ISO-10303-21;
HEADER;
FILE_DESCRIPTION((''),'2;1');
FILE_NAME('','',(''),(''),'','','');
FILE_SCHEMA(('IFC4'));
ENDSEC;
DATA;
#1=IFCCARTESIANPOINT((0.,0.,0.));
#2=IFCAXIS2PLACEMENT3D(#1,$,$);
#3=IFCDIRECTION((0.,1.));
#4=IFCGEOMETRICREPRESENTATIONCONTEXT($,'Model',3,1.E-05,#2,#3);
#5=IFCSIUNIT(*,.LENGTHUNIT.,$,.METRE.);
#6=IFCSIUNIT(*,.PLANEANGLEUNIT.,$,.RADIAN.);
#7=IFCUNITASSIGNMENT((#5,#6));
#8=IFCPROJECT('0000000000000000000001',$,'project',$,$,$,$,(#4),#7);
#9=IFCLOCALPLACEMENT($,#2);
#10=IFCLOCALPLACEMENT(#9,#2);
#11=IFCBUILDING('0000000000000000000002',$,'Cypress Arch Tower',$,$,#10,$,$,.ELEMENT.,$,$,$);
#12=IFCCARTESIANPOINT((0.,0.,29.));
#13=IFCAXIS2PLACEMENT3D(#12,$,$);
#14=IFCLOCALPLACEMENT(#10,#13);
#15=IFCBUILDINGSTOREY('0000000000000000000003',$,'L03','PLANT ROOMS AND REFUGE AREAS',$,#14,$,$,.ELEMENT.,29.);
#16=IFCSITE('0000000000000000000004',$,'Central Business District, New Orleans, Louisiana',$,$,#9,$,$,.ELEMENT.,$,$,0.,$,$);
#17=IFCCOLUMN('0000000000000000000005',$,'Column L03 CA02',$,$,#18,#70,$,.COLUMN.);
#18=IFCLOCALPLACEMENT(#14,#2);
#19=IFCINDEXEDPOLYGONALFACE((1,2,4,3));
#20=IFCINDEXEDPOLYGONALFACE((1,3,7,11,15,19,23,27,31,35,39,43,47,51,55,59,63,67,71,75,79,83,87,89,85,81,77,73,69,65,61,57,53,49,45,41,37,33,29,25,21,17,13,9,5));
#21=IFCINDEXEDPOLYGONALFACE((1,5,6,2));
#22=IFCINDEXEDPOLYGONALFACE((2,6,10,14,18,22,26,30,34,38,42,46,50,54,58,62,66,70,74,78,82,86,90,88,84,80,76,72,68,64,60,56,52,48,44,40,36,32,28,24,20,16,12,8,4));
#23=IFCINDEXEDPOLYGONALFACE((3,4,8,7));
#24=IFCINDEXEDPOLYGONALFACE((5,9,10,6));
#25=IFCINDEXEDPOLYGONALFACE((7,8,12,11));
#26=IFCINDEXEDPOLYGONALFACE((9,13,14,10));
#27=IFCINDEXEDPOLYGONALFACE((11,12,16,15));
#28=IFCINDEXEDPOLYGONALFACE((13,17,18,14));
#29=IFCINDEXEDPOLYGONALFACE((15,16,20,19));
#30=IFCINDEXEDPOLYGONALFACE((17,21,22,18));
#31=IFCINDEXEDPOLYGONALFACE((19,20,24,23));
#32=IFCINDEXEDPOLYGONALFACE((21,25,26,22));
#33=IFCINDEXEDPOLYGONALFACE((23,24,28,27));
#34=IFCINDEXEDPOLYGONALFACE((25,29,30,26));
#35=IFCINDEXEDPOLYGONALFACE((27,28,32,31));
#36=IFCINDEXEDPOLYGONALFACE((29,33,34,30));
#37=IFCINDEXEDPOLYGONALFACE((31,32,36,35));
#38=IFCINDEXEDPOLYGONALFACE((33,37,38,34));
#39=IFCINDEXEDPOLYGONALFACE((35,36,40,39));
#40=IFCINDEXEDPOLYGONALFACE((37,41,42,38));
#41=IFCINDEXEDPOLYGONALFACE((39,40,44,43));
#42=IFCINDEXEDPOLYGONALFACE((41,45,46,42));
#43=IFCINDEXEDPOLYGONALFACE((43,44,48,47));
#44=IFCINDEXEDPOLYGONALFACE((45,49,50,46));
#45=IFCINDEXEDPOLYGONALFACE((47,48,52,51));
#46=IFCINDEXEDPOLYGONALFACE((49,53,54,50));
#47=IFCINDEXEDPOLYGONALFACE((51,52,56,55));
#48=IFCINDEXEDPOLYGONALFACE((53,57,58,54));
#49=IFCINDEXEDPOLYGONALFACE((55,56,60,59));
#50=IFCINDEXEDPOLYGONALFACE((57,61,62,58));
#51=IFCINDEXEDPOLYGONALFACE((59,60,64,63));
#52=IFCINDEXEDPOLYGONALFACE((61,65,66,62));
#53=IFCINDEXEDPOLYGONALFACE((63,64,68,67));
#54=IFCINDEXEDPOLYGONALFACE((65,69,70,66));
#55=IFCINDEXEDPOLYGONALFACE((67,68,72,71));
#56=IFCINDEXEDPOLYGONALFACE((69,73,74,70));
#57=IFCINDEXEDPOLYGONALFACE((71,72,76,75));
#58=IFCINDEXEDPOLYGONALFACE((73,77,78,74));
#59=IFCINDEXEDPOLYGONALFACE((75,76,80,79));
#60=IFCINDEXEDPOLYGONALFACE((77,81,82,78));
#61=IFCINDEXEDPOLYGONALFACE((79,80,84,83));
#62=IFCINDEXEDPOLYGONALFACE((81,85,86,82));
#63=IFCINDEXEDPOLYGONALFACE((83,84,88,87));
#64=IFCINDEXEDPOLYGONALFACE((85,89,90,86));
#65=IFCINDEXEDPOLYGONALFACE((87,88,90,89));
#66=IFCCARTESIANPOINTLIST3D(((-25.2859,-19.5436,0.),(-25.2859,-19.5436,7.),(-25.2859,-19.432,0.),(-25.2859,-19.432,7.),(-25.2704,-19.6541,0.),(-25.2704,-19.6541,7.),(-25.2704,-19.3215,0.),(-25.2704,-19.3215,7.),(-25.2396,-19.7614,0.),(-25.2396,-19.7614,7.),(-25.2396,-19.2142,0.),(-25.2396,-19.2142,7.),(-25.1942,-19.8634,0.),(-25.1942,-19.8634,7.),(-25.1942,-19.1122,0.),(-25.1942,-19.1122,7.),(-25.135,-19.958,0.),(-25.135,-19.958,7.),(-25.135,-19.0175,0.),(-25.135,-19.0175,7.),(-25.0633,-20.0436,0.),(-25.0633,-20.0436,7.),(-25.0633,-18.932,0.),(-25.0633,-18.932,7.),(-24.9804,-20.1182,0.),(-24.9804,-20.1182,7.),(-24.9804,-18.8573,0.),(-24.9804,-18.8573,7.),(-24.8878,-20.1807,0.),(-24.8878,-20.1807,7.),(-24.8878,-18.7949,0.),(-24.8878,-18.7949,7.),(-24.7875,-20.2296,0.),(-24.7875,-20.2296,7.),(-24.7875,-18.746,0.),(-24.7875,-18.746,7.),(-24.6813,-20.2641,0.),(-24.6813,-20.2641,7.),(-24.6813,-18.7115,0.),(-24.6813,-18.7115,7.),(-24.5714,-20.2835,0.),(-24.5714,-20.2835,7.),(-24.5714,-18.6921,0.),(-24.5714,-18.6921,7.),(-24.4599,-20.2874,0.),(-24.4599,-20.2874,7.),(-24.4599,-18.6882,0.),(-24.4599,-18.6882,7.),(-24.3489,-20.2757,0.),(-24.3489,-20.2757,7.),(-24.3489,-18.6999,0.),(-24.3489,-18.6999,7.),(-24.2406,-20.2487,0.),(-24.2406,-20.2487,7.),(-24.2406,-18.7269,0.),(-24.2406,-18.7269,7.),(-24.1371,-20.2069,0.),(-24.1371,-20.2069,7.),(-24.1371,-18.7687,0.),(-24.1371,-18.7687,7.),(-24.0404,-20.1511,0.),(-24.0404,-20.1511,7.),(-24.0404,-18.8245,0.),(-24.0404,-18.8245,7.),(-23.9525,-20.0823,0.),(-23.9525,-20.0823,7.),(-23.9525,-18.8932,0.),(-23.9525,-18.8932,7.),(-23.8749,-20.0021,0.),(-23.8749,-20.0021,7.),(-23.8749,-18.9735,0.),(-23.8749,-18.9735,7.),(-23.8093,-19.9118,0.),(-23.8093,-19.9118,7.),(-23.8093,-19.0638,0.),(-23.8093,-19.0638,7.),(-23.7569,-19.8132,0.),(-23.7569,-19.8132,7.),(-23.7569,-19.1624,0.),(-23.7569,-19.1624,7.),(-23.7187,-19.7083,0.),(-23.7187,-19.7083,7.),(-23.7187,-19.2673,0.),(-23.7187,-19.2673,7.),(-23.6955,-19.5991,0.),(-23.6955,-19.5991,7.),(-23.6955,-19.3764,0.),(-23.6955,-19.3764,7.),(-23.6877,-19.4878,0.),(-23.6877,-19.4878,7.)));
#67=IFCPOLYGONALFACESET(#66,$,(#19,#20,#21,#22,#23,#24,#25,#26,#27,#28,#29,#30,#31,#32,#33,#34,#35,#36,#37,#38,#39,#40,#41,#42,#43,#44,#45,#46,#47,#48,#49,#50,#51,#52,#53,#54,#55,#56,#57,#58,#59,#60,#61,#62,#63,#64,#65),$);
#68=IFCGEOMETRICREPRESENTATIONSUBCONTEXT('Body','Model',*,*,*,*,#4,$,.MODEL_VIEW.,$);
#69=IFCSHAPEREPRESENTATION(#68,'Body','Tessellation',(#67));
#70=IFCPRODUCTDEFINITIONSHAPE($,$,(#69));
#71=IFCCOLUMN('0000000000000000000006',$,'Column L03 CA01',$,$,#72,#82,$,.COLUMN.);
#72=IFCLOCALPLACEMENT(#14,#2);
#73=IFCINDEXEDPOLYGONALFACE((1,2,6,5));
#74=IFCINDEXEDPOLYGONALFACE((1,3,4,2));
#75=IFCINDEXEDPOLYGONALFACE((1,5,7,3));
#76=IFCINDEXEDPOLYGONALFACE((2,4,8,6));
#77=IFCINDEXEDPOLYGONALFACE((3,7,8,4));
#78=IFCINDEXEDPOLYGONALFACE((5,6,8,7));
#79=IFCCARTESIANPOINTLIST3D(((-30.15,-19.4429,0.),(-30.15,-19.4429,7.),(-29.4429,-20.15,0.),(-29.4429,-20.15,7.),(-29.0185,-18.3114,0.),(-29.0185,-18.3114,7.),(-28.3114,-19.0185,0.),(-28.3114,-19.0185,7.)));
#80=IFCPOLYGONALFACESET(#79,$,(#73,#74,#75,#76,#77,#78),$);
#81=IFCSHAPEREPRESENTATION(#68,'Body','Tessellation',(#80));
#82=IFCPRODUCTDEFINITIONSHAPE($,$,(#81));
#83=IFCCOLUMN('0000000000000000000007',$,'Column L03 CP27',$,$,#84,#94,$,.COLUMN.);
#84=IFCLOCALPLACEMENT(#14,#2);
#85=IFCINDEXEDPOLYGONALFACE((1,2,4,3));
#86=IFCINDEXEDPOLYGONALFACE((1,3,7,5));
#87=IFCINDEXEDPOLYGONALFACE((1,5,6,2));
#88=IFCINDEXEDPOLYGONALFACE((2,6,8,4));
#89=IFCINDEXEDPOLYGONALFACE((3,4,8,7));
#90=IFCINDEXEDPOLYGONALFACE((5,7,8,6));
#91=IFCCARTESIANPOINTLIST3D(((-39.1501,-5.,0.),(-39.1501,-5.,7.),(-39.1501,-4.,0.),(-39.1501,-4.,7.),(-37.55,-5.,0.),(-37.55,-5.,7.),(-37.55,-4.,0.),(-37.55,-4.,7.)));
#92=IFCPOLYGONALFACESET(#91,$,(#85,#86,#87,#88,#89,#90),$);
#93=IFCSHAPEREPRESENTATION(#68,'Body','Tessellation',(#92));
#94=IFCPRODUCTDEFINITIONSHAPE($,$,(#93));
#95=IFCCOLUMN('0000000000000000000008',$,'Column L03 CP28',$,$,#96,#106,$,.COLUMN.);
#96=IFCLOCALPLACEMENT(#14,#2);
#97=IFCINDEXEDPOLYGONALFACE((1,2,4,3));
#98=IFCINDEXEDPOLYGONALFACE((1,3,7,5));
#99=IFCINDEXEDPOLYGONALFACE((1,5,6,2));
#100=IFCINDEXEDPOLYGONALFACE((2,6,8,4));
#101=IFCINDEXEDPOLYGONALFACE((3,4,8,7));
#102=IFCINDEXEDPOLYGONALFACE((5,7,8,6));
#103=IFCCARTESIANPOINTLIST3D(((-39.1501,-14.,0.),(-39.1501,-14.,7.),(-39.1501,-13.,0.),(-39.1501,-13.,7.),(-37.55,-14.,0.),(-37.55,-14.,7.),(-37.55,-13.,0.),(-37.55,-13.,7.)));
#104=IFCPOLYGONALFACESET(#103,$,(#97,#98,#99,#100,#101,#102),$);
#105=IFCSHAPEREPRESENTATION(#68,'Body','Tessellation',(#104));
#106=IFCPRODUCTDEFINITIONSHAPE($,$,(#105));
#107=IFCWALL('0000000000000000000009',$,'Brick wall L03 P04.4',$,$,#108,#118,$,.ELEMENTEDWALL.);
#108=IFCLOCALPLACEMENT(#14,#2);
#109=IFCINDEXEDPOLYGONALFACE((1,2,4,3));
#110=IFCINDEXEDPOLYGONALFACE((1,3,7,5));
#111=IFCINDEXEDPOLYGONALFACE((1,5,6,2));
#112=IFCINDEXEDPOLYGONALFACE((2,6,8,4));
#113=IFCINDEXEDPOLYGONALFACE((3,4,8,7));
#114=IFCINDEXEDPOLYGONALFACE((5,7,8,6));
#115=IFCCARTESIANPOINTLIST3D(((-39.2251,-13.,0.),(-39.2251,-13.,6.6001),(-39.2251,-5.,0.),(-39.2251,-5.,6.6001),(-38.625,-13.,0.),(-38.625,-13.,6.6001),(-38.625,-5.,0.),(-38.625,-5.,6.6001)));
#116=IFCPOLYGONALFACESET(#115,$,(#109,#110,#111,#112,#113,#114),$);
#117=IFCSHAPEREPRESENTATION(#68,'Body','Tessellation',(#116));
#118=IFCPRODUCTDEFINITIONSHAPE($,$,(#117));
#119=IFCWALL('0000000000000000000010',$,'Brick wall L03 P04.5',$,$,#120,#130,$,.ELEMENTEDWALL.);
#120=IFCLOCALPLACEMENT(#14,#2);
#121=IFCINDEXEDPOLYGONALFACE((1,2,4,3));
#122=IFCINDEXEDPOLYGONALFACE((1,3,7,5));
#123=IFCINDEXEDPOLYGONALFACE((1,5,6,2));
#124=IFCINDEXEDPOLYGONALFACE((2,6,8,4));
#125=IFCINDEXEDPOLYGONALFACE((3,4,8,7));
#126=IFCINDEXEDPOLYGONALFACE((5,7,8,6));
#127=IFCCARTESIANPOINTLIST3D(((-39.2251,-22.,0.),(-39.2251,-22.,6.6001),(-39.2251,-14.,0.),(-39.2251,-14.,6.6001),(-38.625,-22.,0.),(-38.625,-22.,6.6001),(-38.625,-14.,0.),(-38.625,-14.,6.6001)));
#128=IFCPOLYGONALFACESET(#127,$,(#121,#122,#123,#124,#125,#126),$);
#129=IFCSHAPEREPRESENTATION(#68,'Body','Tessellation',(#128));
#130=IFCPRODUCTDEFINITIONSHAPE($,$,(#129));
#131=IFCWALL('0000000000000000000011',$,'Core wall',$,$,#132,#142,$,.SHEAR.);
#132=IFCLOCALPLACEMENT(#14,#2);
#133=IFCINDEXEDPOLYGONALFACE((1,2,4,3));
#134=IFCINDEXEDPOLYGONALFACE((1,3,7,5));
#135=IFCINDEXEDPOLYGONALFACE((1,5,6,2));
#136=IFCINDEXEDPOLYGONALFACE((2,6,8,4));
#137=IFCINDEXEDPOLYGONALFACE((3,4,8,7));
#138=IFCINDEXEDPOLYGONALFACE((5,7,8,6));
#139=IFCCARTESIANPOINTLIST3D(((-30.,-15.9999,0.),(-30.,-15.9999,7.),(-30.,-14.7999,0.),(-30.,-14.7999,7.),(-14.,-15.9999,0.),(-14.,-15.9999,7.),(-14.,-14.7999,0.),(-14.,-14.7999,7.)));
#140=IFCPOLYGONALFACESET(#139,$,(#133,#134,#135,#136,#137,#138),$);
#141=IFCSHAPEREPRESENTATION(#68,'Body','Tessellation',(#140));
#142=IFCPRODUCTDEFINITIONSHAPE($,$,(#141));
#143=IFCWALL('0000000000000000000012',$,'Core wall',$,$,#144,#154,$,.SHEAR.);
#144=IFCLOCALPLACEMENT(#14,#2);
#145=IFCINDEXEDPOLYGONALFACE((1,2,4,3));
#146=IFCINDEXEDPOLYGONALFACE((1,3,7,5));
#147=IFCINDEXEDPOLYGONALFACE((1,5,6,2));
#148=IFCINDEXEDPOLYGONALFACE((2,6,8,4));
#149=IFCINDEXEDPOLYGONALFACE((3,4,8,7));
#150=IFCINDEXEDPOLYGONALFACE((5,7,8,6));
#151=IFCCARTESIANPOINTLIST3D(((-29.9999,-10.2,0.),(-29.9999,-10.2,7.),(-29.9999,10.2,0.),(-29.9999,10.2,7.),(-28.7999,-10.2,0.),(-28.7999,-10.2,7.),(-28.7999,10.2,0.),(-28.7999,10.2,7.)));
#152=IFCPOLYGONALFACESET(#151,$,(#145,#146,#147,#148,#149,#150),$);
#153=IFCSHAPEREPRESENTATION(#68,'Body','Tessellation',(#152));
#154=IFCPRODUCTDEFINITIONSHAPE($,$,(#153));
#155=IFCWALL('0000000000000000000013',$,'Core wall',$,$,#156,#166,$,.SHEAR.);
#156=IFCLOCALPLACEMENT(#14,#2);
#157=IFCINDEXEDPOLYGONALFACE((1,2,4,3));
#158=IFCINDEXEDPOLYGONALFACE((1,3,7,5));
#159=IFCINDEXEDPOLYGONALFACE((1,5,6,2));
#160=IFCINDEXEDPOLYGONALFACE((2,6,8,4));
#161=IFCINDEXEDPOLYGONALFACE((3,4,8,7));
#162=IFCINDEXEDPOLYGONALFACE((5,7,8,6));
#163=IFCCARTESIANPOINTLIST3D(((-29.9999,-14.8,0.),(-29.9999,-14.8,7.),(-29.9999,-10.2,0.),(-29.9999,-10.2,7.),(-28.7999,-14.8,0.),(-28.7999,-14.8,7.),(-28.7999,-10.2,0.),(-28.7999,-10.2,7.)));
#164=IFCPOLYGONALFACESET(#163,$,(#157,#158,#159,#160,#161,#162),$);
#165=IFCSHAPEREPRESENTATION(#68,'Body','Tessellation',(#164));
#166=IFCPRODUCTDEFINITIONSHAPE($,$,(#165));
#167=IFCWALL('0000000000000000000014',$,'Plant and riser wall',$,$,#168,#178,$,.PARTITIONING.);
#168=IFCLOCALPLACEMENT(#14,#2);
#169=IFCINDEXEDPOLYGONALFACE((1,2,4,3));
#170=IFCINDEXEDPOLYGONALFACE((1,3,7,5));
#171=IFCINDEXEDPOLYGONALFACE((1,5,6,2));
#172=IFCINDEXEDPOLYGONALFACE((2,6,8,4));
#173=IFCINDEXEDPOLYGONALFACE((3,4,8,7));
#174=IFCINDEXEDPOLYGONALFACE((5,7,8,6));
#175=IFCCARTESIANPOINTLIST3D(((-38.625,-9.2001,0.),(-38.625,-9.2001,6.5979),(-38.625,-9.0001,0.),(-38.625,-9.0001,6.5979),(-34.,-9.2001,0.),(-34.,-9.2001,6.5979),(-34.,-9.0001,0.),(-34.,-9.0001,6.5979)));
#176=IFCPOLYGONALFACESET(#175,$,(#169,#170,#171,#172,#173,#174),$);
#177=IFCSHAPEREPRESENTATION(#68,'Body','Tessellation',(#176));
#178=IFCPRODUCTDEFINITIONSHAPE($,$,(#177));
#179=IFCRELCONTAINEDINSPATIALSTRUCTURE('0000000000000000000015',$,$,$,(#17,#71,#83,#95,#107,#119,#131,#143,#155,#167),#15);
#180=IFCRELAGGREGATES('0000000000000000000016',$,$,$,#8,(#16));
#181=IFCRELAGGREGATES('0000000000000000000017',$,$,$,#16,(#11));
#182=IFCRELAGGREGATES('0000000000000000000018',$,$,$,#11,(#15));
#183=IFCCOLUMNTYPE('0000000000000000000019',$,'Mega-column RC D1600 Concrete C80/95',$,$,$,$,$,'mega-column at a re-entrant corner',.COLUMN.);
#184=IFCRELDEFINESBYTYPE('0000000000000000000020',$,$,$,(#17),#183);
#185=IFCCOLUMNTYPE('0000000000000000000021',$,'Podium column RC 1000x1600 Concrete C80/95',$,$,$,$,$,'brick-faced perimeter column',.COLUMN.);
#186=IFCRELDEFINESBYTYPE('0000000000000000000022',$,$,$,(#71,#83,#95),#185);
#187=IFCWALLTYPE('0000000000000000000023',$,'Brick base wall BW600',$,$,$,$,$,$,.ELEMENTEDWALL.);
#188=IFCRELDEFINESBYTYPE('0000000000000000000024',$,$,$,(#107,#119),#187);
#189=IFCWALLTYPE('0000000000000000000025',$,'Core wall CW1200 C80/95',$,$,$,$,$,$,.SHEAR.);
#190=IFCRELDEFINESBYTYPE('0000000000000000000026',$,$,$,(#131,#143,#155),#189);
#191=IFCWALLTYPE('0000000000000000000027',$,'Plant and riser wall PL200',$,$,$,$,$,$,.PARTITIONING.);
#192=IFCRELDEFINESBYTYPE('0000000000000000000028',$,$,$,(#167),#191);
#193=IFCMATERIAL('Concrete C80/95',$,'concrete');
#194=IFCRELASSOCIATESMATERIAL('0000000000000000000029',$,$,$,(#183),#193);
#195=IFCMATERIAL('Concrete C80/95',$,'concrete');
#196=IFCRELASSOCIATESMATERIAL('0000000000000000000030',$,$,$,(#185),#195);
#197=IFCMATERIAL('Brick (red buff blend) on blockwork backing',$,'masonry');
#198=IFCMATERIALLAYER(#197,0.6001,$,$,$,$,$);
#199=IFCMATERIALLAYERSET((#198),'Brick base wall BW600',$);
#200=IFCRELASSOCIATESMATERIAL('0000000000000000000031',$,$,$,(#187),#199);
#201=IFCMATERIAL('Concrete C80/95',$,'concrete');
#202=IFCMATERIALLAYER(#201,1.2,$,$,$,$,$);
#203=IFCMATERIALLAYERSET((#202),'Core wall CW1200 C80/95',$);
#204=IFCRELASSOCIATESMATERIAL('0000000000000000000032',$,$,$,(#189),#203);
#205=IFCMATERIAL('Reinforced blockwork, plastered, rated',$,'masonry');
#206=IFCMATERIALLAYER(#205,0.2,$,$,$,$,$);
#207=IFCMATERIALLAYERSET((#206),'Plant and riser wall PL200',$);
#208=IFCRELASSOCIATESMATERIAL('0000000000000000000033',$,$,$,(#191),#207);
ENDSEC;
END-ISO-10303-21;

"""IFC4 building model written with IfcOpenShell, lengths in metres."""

from ifc_helpers import new_model, si_unit, direction, frame, frame_2d, origin, origin_2d, place, context, subcontext, project, spatial, rectangle, circle, extrude, material, layer, layer_set, material_profile, profile_set, type_object, element, save


model = new_model("IFC4")

# Units and contexts
model_context = context("Model", 3, precision=1e-05, world=origin(), true_north=direction((0.0, 1.0)))
body_context = subcontext(model_context, "Body", "Model", "MODEL_VIEW")
ifc_project = project(units=[si_unit("LENGTHUNIT", "METRE"), si_unit("PLANEANGLEUNIT", "RADIAN")], contexts=[model_context])

# Site, building, storey
site_placement = place(None, origin())
site = spatial("IfcSite", under=ifc_project, at=site_placement, Name="Central Business District, New Orleans, Louisiana", CompositionType="ELEMENT", RefElevation=0.0)
building_placement = place(site_placement, origin())
building = spatial("IfcBuilding", under=site, at=building_placement, Name="Cypress Arch Tower", CompositionType="ELEMENT")
storey_placement = place(building_placement, frame((0.0, 0.0, 29.0)))
storey = spatial("IfcBuildingStorey", under=building, at=storey_placement, Name="L03", Description="PLANT ROOMS AND REFUGE AREAS", CompositionType="ELEMENT", Elevation=29.0)

# Columns
ifc_material_1 = material(Name="Concrete C80/95", Category="concrete")
ifc_material_profile_1 = material_profile(ifc_material_1, circle(Radius=0.8, at=origin_2d()), Name="RC D1600")
ifc_profile_set_1 = profile_set([ifc_material_profile_1], Name="Concrete C80/95")
column_type_1 = type_object("IfcColumnType", Name="Mega-column RC D1600 Concrete C80/95", ElementType="mega-column at a re-entrant corner", PredefinedType="COLUMN", material=ifc_profile_set_1)
column_placement = place(storey_placement, frame((-24.4878, -19.4878, 0.0), z_axis=(0.0, 0.0, 1.0), x_axis=(1.0, 0.0, 0.0)))
element("IfcColumn", 1, at=column_placement, inside=storey, type_object=column_type_1, Name="Column L03 CA02", PredefinedType="COLUMN", context=body_context, shape_type="SweptSolid", body=[
    extrude(circle(Radius=0.8, at=origin_2d()), origin(), (0.0, 0.0, 1.0), 7.0),
])
ifc_material_2 = material(Name="Concrete C80/95", Category="concrete")
ifc_material_profile_2 = material_profile(ifc_material_2, rectangle(XDim=1.0, YDim=1.6001, at=origin_2d()), Name="RC 1000x1600")
ifc_profile_set_2 = profile_set([ifc_material_profile_2], Name="Concrete C80/95")
column_type_2 = type_object("IfcColumnType", Name="Podium column RC 1000x1600 Concrete C80/95", ElementType="brick-faced perimeter column", PredefinedType="COLUMN", material=ifc_profile_set_2)
for number, where, z_axis, x_axis, name in (
    (2, (-29.2307, -19.2307, 0.0), (0.0, 0.0, 1.0), (0.707107, -0.707107, 0.0), "Column L03 CA01"),
    (3, (-38.3501, -4.5, 0.0), (0.0, 0.0, 1.0), (0.0, -1.0, 0.0), "Column L03 CP27"),
    (4, (-38.3501, -13.5, 0.0), (0.0, 0.0, 1.0), (0.0, -1.0, 0.0), "Column L03 CP28"),
):
    element("IfcColumn", number, at=place(storey_placement, frame(where, z_axis=z_axis, x_axis=x_axis)), inside=storey, type_object=column_type_2, Name=name, PredefinedType="COLUMN", context=body_context, shape_type="SweptSolid", body=[
        extrude(rectangle(XDim=1.0, YDim=1.6001, at=origin_2d()), origin(), (0.0, 0.0, 1.0), 7.0),
    ])

# Walls
ifc_material_3 = material(Name="Brick (red buff blend) on blockwork backing", Category="masonry")
ifc_layer_1 = layer(ifc_material_3, 0.6001)
ifc_layer_set_1 = layer_set([ifc_layer_1], Name="Brick base wall BW600")
wall_type_1 = type_object("IfcWallType", Name="Brick base wall BW600", PredefinedType="ELEMENTEDWALL", material=ifc_layer_set_1)
for number, where, z_axis, x_axis, name in (
    (5, (-38.925, -5.0, 0.0), (0.0, 0.0, 1.0), (0.0, -1.0, 0.0), "Brick wall L03 P04.4"),
    (6, (-38.925, -14.0, 0.0), (0.0, 0.0, 1.0), (0.0, -1.0, 0.0), "Brick wall L03 P04.5"),
):
    element("IfcWall", number, at=place(storey_placement, frame(where, z_axis=z_axis, x_axis=x_axis)), inside=storey, type_object=wall_type_1, Name=name, PredefinedType="ELEMENTEDWALL", context=body_context, shape_type="SweptSolid", body=[
        extrude(rectangle(XDim=8.0, YDim=0.6001, at=frame_2d((4.0, 0.0))), origin(), (0.0, 0.0, 1.0), 6.6001),
    ])
ifc_material_4 = material(Name="Concrete C80/95", Category="concrete")
ifc_layer_2 = layer(ifc_material_4, 1.2)
ifc_layer_set_2 = layer_set([ifc_layer_2], Name="Core wall CW1200 C80/95")
wall_type_2 = type_object("IfcWallType", Name="Core wall CW1200 C80/95", PredefinedType="SHEAR", material=ifc_layer_set_2)
wall_1_placement = place(storey_placement, frame((-30.0, -15.3999, 0.0), z_axis=(0.0, 0.0, 1.0), x_axis=(1.0, 0.0, 0.0)))
element("IfcWall", 7, at=wall_1_placement, inside=storey, type_object=wall_type_2, Name="Core wall", PredefinedType="SHEAR", context=body_context, shape_type="SweptSolid", body=[
    extrude(rectangle(XDim=16.0, YDim=1.2, at=frame_2d((8.0, 0.0))), origin(), (0.0, 0.0, 1.0), 7.0),
])
wall_2_placement = place(storey_placement, frame((-29.3999, -10.2, 0.0), z_axis=(0.0, 0.0, 1.0), x_axis=(0.0, 1.0, 0.0)))
element("IfcWall", 8, at=wall_2_placement, inside=storey, type_object=wall_type_2, Name="Core wall", PredefinedType="SHEAR", context=body_context, shape_type="SweptSolid", body=[
    extrude(rectangle(XDim=20.3999, YDim=1.2, at=frame_2d((10.2, 0.0))), origin(), (0.0, 0.0, 1.0), 7.0),
])
wall_3_placement = place(storey_placement, frame((-29.3999, -14.8, 0.0), z_axis=(0.0, 0.0, 1.0), x_axis=(0.0, 1.0, 0.0)))
element("IfcWall", 9, at=wall_3_placement, inside=storey, type_object=wall_type_2, Name="Core wall", PredefinedType="SHEAR", context=body_context, shape_type="SweptSolid", body=[
    extrude(rectangle(XDim=4.6001, YDim=1.2, at=frame_2d((2.3, 0.0))), origin(), (0.0, 0.0, 1.0), 7.0),
])
ifc_material_5 = material(Name="Reinforced blockwork, plastered, rated", Category="masonry")
ifc_layer_3 = layer(ifc_material_5, 0.2)
ifc_layer_set_3 = layer_set([ifc_layer_3], Name="Plant and riser wall PL200")
wall_type_3 = type_object("IfcWallType", Name="Plant and riser wall PL200", PredefinedType="PARTITIONING", material=ifc_layer_set_3)
wall_4_placement = place(storey_placement, frame((-38.625, -9.1001, 0.0), z_axis=(0.0, 0.0, 1.0), x_axis=(1.0, 0.0, 0.0)))
element("IfcWall", 10, at=wall_4_placement, inside=storey, type_object=wall_type_3, Name="Plant and riser wall", PredefinedType="PARTITIONING", context=body_context, shape_type="SweptSolid", body=[
    extrude(rectangle(XDim=4.625, YDim=0.2, at=frame_2d((2.3125, 0.0))), origin(), (0.0, 0.0, 1.0), 6.5979),
])

save(model, "model.ifc")
